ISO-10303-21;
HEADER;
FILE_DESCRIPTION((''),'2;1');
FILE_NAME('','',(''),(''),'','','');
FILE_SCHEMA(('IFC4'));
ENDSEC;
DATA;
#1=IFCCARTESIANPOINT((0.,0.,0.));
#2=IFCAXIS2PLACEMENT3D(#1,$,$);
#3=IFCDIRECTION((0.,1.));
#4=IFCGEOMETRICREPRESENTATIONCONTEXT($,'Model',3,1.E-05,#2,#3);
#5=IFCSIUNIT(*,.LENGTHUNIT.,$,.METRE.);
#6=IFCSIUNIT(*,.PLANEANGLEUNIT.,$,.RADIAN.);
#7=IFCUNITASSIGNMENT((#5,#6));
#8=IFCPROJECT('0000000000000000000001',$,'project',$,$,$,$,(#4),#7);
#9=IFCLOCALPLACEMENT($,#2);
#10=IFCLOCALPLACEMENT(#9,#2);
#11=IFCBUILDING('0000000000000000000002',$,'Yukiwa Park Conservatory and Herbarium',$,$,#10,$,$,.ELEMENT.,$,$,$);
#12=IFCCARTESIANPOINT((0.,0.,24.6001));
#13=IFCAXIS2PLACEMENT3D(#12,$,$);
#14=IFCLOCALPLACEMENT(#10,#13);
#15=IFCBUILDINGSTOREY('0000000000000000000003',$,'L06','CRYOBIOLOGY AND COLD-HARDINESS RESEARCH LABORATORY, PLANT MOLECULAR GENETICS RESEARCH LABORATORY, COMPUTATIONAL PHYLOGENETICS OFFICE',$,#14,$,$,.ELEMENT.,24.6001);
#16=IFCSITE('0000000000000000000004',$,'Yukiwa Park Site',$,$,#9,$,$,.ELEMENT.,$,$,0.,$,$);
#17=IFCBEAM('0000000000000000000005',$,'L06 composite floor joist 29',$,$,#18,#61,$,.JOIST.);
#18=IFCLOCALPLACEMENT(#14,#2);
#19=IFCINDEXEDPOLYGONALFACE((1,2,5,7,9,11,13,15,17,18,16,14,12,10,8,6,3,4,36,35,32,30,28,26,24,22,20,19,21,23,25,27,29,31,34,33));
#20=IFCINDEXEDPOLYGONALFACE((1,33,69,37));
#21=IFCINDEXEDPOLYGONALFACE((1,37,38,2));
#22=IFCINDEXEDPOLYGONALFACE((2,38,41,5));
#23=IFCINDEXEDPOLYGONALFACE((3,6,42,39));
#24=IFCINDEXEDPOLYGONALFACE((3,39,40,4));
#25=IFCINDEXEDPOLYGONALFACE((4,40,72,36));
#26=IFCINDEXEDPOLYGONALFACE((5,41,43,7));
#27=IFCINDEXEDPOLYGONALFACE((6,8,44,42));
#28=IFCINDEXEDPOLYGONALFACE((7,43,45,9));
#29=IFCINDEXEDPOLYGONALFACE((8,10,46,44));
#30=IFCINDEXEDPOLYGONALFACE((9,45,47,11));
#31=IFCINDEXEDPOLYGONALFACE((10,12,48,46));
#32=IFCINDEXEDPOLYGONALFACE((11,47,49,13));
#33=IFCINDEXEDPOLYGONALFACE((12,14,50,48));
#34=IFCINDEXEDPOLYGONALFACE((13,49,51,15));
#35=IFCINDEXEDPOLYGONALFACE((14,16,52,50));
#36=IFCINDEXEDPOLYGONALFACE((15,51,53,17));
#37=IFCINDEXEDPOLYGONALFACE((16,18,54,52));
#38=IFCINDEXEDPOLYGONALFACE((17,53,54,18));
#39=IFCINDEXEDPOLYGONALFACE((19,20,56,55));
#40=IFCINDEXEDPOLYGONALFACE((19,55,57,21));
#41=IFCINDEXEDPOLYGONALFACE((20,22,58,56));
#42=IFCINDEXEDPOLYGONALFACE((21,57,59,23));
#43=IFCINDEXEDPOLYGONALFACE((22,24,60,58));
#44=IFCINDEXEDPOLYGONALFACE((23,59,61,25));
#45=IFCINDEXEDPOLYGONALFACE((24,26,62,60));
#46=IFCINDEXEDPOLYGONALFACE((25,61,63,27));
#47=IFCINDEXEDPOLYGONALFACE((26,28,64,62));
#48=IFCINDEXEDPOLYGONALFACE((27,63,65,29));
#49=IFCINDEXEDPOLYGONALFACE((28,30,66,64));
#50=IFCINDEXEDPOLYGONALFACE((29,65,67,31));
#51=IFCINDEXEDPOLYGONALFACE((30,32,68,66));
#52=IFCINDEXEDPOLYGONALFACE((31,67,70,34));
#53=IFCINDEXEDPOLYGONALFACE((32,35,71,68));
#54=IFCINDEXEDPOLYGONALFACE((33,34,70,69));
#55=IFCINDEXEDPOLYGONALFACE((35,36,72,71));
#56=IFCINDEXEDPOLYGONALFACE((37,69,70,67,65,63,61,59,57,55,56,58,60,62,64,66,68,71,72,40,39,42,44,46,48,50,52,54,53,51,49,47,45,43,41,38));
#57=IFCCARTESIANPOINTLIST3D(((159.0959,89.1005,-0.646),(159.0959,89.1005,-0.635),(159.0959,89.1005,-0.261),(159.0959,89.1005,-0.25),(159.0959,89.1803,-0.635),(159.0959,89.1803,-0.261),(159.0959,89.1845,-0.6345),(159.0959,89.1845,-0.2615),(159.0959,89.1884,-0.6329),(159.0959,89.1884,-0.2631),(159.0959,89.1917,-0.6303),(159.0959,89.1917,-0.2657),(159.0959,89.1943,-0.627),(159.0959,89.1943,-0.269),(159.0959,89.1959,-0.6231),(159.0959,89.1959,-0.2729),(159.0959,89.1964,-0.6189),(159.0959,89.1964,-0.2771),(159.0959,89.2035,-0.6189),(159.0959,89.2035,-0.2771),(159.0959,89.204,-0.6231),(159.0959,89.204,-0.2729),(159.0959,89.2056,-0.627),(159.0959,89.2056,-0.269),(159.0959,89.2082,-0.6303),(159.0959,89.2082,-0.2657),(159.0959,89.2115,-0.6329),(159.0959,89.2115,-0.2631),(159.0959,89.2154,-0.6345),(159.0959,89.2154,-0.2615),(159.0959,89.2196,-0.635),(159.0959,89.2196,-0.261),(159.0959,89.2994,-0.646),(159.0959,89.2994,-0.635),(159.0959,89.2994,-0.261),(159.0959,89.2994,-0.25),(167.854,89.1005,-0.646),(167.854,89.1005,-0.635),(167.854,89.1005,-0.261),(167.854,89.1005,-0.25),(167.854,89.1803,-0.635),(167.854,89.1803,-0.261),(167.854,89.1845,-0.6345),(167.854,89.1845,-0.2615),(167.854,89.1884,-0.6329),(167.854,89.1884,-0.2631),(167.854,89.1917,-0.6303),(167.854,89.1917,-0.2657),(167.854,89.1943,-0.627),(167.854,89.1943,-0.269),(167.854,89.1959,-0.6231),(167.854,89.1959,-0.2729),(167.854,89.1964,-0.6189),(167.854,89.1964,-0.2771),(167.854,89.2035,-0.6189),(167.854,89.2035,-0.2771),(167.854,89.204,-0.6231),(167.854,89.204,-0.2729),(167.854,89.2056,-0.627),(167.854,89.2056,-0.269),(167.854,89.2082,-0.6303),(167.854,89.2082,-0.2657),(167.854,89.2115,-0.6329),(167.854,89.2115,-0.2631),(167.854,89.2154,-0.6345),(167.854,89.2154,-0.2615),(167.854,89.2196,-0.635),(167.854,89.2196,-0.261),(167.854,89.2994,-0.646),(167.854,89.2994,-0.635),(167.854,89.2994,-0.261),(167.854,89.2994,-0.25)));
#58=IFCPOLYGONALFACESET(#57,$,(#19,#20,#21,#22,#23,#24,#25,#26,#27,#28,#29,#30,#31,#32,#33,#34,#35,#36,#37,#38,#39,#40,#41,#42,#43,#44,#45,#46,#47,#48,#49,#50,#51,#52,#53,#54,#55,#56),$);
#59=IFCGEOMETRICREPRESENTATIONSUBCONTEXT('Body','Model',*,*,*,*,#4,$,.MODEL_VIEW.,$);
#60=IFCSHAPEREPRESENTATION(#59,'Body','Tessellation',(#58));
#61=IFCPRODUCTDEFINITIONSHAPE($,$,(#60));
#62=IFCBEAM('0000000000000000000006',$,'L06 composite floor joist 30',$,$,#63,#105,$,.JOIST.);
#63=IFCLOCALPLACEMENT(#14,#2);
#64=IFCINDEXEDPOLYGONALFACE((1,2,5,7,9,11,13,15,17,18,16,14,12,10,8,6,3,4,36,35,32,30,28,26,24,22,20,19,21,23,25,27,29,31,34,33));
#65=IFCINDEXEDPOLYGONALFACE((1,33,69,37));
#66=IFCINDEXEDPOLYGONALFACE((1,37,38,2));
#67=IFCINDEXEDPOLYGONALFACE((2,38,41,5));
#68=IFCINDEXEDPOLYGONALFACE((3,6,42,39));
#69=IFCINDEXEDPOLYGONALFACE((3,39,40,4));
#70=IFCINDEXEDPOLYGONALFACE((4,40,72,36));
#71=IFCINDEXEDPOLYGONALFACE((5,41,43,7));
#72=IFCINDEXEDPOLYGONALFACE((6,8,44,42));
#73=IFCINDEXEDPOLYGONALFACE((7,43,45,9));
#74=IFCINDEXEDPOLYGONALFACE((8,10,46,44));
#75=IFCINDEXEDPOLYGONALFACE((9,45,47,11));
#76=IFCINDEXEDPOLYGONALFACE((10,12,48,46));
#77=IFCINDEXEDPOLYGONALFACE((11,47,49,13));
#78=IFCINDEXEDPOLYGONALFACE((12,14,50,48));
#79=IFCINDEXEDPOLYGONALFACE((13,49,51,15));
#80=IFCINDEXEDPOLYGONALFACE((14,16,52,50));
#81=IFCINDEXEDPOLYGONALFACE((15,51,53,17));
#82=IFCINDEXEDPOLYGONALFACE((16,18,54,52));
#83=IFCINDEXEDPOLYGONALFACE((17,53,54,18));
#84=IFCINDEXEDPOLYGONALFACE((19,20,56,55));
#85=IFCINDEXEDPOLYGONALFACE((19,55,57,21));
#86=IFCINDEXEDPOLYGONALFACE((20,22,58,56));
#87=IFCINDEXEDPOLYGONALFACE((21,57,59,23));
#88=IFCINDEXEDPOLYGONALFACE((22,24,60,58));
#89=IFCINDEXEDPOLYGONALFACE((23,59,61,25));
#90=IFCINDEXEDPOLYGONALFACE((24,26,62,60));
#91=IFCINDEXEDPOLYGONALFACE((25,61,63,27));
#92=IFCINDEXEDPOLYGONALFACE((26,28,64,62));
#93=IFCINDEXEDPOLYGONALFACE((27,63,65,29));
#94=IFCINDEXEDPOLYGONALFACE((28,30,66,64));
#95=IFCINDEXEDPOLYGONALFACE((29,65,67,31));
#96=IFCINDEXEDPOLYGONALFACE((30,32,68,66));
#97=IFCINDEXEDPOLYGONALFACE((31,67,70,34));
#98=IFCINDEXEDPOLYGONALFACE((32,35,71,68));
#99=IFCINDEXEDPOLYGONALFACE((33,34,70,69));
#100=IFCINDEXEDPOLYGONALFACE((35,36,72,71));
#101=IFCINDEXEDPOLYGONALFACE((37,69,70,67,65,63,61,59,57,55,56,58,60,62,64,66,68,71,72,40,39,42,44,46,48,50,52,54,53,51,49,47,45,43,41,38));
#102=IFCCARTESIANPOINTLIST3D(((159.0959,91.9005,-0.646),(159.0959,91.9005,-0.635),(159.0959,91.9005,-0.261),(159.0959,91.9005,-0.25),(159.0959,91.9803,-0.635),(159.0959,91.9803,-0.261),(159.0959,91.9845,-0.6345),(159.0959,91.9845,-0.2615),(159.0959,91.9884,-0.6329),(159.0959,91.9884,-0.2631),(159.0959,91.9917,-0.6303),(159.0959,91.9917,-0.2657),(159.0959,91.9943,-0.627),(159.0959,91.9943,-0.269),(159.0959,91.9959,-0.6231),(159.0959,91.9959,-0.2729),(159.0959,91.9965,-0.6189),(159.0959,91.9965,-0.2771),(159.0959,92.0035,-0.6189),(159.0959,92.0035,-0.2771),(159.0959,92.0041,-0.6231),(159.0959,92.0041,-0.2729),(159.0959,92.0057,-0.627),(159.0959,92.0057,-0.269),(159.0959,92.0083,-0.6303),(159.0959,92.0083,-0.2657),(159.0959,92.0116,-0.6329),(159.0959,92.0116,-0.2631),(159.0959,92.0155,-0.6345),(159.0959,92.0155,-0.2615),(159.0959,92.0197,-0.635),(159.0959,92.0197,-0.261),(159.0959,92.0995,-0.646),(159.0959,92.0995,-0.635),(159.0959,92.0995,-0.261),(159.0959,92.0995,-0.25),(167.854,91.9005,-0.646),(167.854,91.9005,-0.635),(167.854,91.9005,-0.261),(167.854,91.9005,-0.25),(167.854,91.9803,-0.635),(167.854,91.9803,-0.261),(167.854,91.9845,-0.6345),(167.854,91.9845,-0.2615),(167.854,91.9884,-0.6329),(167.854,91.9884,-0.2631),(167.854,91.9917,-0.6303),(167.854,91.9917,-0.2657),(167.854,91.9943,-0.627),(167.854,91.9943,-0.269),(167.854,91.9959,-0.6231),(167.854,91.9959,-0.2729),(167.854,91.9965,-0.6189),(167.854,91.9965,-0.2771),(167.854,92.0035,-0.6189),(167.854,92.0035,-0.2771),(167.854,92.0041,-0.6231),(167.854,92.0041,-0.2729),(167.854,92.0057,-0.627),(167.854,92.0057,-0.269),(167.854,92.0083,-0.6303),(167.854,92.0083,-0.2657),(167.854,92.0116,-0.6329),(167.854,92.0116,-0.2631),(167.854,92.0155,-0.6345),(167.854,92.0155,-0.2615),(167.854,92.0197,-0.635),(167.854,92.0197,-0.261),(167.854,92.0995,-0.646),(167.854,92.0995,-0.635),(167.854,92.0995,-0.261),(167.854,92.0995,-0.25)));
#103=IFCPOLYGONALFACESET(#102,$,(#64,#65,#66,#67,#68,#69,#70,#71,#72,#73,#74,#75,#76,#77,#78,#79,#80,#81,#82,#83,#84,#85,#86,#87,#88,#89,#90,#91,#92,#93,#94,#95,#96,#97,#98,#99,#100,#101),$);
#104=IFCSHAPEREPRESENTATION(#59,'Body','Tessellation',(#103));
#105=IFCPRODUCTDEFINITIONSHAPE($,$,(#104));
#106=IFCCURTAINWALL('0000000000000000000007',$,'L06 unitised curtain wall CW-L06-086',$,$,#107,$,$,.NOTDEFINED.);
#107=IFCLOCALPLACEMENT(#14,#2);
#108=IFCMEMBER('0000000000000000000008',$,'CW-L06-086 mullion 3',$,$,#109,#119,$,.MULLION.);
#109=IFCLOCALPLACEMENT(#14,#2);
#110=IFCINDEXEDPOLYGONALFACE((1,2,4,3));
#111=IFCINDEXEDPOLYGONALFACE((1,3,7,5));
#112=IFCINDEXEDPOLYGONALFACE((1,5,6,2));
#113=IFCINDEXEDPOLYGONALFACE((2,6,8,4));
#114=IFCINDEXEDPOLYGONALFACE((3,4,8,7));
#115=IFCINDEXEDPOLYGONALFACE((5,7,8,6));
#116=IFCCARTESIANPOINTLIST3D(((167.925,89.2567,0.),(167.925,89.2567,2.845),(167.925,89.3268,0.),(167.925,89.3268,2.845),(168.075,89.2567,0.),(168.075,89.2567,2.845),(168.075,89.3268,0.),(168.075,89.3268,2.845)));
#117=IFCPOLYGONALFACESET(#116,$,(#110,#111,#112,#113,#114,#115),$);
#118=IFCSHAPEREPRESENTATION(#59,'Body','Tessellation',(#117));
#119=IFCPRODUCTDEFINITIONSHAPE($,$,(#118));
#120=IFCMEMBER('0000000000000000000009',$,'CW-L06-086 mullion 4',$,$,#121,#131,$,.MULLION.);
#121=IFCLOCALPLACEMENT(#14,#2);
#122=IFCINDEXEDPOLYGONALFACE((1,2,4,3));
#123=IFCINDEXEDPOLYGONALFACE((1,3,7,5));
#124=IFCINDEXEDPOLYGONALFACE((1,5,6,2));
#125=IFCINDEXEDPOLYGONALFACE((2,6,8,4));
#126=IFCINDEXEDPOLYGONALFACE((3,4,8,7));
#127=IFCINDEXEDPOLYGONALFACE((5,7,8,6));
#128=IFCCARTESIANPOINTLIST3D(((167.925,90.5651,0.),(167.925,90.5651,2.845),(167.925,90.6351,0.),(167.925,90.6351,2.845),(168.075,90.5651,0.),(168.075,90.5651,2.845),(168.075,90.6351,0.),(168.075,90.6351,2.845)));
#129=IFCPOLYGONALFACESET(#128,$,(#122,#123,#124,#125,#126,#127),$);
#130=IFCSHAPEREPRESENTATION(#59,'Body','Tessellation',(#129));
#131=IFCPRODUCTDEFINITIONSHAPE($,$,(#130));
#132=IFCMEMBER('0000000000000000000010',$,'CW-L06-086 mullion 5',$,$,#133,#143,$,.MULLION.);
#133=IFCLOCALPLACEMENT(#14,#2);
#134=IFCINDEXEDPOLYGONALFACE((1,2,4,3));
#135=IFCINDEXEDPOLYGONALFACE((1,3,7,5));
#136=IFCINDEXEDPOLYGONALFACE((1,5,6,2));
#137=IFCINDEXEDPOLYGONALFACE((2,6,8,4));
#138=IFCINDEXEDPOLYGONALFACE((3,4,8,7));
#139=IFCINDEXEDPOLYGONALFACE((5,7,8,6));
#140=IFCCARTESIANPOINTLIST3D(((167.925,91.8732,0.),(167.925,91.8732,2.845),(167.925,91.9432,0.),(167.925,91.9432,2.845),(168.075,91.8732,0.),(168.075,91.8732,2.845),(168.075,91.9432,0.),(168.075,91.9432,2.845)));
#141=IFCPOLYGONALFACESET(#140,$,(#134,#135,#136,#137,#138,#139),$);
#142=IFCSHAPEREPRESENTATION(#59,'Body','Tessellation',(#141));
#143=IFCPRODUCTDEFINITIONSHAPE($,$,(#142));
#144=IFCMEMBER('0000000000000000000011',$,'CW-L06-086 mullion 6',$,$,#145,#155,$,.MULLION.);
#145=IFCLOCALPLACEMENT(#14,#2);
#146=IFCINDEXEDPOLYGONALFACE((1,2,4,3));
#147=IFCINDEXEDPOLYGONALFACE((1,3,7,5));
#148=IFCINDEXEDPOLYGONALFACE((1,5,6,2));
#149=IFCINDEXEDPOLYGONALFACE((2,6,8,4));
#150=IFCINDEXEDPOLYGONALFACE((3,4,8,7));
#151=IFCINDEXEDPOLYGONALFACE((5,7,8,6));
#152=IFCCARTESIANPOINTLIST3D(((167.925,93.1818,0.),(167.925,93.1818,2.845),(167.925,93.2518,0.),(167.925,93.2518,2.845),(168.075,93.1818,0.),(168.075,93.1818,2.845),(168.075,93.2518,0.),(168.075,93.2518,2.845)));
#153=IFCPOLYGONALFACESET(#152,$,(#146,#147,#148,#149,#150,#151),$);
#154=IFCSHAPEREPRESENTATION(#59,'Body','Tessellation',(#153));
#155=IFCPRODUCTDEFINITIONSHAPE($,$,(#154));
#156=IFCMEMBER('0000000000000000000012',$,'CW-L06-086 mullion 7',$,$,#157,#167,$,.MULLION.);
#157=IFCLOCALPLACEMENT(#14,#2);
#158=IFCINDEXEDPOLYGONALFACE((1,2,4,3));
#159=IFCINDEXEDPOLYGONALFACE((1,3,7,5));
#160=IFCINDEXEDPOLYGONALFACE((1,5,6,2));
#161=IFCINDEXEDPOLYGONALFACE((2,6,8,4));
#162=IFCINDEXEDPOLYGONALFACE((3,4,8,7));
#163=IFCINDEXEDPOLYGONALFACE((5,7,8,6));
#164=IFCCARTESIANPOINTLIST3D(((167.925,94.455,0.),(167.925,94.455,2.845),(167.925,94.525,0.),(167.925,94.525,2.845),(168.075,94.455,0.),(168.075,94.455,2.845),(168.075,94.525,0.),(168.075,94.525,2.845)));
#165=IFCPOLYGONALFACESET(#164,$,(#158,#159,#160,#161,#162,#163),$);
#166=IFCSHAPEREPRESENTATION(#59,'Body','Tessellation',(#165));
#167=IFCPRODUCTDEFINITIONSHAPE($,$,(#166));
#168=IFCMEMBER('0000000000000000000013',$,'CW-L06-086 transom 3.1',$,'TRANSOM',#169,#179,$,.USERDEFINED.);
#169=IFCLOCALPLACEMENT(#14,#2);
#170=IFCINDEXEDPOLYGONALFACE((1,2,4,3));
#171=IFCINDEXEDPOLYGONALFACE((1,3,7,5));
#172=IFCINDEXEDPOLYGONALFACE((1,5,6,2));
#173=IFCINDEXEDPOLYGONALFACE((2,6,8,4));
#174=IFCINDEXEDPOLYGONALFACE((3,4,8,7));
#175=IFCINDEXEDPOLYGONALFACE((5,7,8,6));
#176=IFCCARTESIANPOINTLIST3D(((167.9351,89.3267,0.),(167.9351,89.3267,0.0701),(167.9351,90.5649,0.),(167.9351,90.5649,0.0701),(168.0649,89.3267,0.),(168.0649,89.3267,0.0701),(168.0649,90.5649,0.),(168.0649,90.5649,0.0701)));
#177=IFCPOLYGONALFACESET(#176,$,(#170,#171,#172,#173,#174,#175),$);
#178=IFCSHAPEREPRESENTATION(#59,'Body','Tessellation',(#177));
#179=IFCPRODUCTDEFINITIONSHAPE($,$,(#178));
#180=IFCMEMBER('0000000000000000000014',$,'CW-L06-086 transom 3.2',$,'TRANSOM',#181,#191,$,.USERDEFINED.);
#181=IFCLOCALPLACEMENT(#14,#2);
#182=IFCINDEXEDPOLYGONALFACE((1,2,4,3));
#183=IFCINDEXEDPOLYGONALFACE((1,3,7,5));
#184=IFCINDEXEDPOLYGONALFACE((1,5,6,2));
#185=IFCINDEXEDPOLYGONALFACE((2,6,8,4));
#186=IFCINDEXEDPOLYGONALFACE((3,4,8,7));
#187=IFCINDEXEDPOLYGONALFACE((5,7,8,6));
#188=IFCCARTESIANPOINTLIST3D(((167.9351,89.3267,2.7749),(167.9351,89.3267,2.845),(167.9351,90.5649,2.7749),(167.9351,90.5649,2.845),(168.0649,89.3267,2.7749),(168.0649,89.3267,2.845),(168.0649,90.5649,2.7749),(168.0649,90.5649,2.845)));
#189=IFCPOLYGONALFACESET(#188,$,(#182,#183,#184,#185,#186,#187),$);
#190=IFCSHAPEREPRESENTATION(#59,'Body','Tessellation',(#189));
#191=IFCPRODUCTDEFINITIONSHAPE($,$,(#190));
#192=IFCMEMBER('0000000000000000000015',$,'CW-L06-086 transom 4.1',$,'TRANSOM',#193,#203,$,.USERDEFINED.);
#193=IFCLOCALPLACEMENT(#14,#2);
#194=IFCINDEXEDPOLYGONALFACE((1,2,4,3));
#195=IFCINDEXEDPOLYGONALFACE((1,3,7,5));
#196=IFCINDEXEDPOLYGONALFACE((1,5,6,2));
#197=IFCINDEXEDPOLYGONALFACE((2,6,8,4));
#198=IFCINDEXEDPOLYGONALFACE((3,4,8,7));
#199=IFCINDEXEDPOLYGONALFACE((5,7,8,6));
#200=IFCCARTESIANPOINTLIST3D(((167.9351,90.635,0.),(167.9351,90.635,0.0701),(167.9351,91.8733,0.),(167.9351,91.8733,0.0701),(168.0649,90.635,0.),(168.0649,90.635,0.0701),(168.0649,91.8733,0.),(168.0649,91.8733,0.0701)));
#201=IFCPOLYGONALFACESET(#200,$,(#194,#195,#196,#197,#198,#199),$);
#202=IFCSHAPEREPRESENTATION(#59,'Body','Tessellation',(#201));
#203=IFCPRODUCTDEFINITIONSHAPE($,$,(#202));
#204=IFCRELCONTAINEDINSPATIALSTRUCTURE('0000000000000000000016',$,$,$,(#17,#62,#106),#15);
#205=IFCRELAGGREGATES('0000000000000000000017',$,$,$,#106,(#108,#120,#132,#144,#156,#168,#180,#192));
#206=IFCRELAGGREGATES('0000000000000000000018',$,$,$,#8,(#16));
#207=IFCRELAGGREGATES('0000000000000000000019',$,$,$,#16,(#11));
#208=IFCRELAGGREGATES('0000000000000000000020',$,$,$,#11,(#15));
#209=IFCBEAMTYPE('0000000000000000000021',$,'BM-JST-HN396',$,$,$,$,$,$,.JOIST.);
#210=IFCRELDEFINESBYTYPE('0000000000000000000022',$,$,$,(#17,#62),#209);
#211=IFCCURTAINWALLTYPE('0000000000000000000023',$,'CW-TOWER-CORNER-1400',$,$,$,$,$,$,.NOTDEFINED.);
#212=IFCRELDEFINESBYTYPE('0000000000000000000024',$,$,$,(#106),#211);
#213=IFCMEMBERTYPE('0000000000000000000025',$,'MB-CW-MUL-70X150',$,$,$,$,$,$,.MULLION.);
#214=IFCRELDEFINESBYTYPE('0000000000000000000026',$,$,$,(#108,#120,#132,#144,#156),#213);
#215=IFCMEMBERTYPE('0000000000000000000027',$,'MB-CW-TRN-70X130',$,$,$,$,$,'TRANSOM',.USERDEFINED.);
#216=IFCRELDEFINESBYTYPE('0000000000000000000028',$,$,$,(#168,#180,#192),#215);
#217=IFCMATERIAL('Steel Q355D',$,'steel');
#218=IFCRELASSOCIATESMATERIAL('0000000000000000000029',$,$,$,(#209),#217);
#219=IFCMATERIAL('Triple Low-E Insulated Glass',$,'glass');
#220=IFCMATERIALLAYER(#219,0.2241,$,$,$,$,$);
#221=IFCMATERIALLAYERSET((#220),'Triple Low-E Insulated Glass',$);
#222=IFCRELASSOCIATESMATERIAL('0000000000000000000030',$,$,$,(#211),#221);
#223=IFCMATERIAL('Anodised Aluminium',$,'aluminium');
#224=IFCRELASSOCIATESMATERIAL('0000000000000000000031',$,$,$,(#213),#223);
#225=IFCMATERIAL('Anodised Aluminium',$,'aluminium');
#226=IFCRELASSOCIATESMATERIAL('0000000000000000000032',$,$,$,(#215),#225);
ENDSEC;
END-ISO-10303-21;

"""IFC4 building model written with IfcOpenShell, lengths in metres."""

from ifc_helpers import new_model, si_unit, direction, frame, origin, origin_2d, place, context, subcontext, project, spatial, rectangle, i_section, extrude, material, layer, layer_set, material_profile, profile_set, type_object, element, aggregate, save


model = new_model("IFC4")

# Units and contexts
model_context = context("Model", 3, precision=1e-05, world=origin(), true_north=direction((0.0, 1.0)))
body_context = subcontext(model_context, "Body", "Model", "MODEL_VIEW")
ifc_project = project(units=[si_unit("LENGTHUNIT", "METRE"), si_unit("PLANEANGLEUNIT", "RADIAN")], contexts=[model_context])

# Site, building, storey
site_placement = place(None, origin())
site = spatial("IfcSite", under=ifc_project, at=site_placement, Name="Yukiwa Park Site", CompositionType="ELEMENT", RefElevation=0.0)
building_placement = place(site_placement, origin())
building = spatial("IfcBuilding", under=site, at=building_placement, Name="Yukiwa Park Conservatory and Herbarium", CompositionType="ELEMENT")
storey_placement = place(building_placement, frame((0.0, 0.0, 24.6001)))
storey = spatial("IfcBuildingStorey", under=building, at=storey_placement, Name="L06", Description="CRYOBIOLOGY AND COLD-HARDINESS RESEARCH LABORATORY, PLANT MOLECULAR GENETICS RESEARCH LABORATORY, COMPUTATIONAL PHYLOGENETICS OFFICE", CompositionType="ELEMENT", Elevation=24.6001)

# Beams
ifc_material_1 = material(Name="Steel Q355D", Category="steel")
ifc_material_profile_1 = material_profile(ifc_material_1, i_section(OverallWidth=0.199, OverallDepth=0.396, WebThickness=0.0071, FlangeThickness=0.011, FilletRadius=0.0161, at=origin_2d()), Name="HN 396x199x7x11")
ifc_profile_set_1 = profile_set([ifc_material_profile_1], Name="Steel Q355D")
beam_type_1 = type_object("IfcBeamType", Name="BM-JST-HN396", PredefinedType="JOIST", material=ifc_profile_set_1)
for number, where, z_axis, x_axis, name in (
    (1, (159.0959, 89.2, -0.448), (1.0, 0.0, 0.0), (0.0, 1.0, 0.0), "L06 composite floor joist 29"),
    (2, (159.0959, 92.0, -0.448), (1.0, 0.0, 0.0), (0.0, 1.0, 0.0), "L06 composite floor joist 30"),
):
    element("IfcBeam", number, at=place(storey_placement, frame(where, z_axis=z_axis, x_axis=x_axis)), inside=storey, type_object=beam_type_1, Name=name, PredefinedType="JOIST", context=body_context, shape_type="SweptSolid", body=[
        extrude(i_section(OverallWidth=0.199, OverallDepth=0.396, WebThickness=0.0071, FlangeThickness=0.011, FilletRadius=0.0161, at=origin_2d()), origin(), (0.0, 0.0, 1.0), 8.7581),
    ])

# Curtain wall, members
ifc_material_2 = material(Name="Triple Low-E Insulated Glass", Category="glass")
ifc_layer_1 = layer(ifc_material_2, 0.2241)
ifc_layer_set_1 = layer_set([ifc_layer_1], Name="Triple Low-E Insulated Glass")
curtain_wall_type = type_object("IfcCurtainWallType", Name="CW-TOWER-CORNER-1400", PredefinedType="NOTDEFINED", material=ifc_layer_set_1)
curtain_wall_placement = place(storey_placement, origin())
curtain_wall = element("IfcCurtainWall", 3, at=curtain_wall_placement, inside=storey, type_object=curtain_wall_type, Name="L06 unitised curtain wall CW-L06-086", PredefinedType="NOTDEFINED")
ifc_material_3 = material(Name="Anodised Aluminium", Category="aluminium")
member_type_1 = type_object("IfcMemberType", Name="MB-CW-MUL-70X150", PredefinedType="MULLION", material=ifc_material_3)
member_1_placement = place(storey_placement, frame((168.0, 89.2917, 0.0), z_axis=(0.0, 0.0, 1.0), x_axis=(0.0, 1.0, 0.0)))
member_1 = element("IfcMember", 4, at=member_1_placement, type_object=member_type_1, Name="CW-L06-086 mullion 3", PredefinedType="MULLION", context=body_context, shape_type="SweptSolid", body=[
    extrude(rectangle(XDim=0.0701, YDim=0.1499, at=origin_2d()), origin(), (0.0, 0.0, 1.0), 2.845),
])
member_2_placement = place(storey_placement, frame((168.0, 90.6001, 0.0), z_axis=(0.0, 0.0, 1.0), x_axis=(0.0, 1.0, 0.0)))
member_2 = element("IfcMember", 5, at=member_2_placement, type_object=member_type_1, Name="CW-L06-086 mullion 4", PredefinedType="MULLION", context=body_context, shape_type="SweptSolid", body=[
    extrude(rectangle(XDim=0.0701, YDim=0.1499, at=origin_2d()), origin(), (0.0, 0.0, 1.0), 2.845),
])
member_3_placement = place(storey_placement, frame((168.0, 91.9082, 0.0), z_axis=(0.0, 0.0, 1.0), x_axis=(0.0, 1.0, 0.0)))
member_3 = element("IfcMember", 6, at=member_3_placement, type_object=member_type_1, Name="CW-L06-086 mullion 5", PredefinedType="MULLION", context=body_context, shape_type="SweptSolid", body=[
    extrude(rectangle(XDim=0.0701, YDim=0.1499, at=origin_2d()), origin(), (0.0, 0.0, 1.0), 2.845),
])
member_4_placement = place(storey_placement, frame((168.0, 93.2168, 0.0), z_axis=(0.0, 0.0, 1.0), x_axis=(0.0, 1.0, 0.0)))
member_4 = element("IfcMember", 7, at=member_4_placement, type_object=member_type_1, Name="CW-L06-086 mullion 6", PredefinedType="MULLION", context=body_context, shape_type="SweptSolid", body=[
    extrude(rectangle(XDim=0.0701, YDim=0.1499, at=origin_2d()), origin(), (0.0, 0.0, 1.0), 2.845),
])
member_5_placement = place(storey_placement, frame((168.0, 94.49, 0.0), z_axis=(0.0, 0.0, 1.0), x_axis=(0.0, 1.0, 0.0)))
member_5 = element("IfcMember", 8, at=member_5_placement, type_object=member_type_1, Name="CW-L06-086 mullion 7", PredefinedType="MULLION", context=body_context, shape_type="SweptSolid", body=[
    extrude(rectangle(XDim=0.0701, YDim=0.1499, at=origin_2d()), origin(), (0.0, 0.0, 1.0), 2.845),
])
ifc_material_4 = material(Name="Anodised Aluminium", Category="aluminium")
member_type_2 = type_object("IfcMemberType", Name="MB-CW-TRN-70X130", ElementType="TRANSOM", PredefinedType="USERDEFINED", material=ifc_material_4)
member_6_placement = place(storey_placement, frame((168.0, 89.9458, 0.0), z_axis=(0.0, 0.0, 1.0), x_axis=(0.0, 1.0, 0.0)))
member_6 = element("IfcMember", 9, at=member_6_placement, type_object=member_type_2, Name="CW-L06-086 transom 3.1", ObjectType="TRANSOM", PredefinedType="USERDEFINED", context=body_context, shape_type="SweptSolid", body=[
    extrude(rectangle(XDim=1.2383, YDim=0.1299, at=origin_2d()), origin(), (0.0, 0.0, 1.0), 0.0701),
])
member_7_placement = place(storey_placement, frame((168.0, 89.9458, 2.7749), z_axis=(0.0, 0.0, 1.0), x_axis=(0.0, 1.0, 0.0)))
member_7 = element("IfcMember", 10, at=member_7_placement, type_object=member_type_2, Name="CW-L06-086 transom 3.2", ObjectType="TRANSOM", PredefinedType="USERDEFINED", context=body_context, shape_type="SweptSolid", body=[
    extrude(rectangle(XDim=1.2383, YDim=0.1299, at=origin_2d()), origin(), (0.0, 0.0, 1.0), 0.0701),
])
member_8_placement = place(storey_placement, frame((168.0, 91.2542, 0.0), z_axis=(0.0, 0.0, 1.0), x_axis=(0.0, 1.0, 0.0)))
member_8 = element("IfcMember", 11, at=member_8_placement, type_object=member_type_2, Name="CW-L06-086 transom 4.1", ObjectType="TRANSOM", PredefinedType="USERDEFINED", context=body_context, shape_type="SweptSolid", body=[
    extrude(rectangle(XDim=1.2383, YDim=0.1299, at=origin_2d()), origin(), (0.0, 0.0, 1.0), 0.0701),
])
aggregate(curtain_wall, [member_1, member_2, member_3, member_4, member_5, member_6, member_7, member_8])

save(model, "model.ifc")
